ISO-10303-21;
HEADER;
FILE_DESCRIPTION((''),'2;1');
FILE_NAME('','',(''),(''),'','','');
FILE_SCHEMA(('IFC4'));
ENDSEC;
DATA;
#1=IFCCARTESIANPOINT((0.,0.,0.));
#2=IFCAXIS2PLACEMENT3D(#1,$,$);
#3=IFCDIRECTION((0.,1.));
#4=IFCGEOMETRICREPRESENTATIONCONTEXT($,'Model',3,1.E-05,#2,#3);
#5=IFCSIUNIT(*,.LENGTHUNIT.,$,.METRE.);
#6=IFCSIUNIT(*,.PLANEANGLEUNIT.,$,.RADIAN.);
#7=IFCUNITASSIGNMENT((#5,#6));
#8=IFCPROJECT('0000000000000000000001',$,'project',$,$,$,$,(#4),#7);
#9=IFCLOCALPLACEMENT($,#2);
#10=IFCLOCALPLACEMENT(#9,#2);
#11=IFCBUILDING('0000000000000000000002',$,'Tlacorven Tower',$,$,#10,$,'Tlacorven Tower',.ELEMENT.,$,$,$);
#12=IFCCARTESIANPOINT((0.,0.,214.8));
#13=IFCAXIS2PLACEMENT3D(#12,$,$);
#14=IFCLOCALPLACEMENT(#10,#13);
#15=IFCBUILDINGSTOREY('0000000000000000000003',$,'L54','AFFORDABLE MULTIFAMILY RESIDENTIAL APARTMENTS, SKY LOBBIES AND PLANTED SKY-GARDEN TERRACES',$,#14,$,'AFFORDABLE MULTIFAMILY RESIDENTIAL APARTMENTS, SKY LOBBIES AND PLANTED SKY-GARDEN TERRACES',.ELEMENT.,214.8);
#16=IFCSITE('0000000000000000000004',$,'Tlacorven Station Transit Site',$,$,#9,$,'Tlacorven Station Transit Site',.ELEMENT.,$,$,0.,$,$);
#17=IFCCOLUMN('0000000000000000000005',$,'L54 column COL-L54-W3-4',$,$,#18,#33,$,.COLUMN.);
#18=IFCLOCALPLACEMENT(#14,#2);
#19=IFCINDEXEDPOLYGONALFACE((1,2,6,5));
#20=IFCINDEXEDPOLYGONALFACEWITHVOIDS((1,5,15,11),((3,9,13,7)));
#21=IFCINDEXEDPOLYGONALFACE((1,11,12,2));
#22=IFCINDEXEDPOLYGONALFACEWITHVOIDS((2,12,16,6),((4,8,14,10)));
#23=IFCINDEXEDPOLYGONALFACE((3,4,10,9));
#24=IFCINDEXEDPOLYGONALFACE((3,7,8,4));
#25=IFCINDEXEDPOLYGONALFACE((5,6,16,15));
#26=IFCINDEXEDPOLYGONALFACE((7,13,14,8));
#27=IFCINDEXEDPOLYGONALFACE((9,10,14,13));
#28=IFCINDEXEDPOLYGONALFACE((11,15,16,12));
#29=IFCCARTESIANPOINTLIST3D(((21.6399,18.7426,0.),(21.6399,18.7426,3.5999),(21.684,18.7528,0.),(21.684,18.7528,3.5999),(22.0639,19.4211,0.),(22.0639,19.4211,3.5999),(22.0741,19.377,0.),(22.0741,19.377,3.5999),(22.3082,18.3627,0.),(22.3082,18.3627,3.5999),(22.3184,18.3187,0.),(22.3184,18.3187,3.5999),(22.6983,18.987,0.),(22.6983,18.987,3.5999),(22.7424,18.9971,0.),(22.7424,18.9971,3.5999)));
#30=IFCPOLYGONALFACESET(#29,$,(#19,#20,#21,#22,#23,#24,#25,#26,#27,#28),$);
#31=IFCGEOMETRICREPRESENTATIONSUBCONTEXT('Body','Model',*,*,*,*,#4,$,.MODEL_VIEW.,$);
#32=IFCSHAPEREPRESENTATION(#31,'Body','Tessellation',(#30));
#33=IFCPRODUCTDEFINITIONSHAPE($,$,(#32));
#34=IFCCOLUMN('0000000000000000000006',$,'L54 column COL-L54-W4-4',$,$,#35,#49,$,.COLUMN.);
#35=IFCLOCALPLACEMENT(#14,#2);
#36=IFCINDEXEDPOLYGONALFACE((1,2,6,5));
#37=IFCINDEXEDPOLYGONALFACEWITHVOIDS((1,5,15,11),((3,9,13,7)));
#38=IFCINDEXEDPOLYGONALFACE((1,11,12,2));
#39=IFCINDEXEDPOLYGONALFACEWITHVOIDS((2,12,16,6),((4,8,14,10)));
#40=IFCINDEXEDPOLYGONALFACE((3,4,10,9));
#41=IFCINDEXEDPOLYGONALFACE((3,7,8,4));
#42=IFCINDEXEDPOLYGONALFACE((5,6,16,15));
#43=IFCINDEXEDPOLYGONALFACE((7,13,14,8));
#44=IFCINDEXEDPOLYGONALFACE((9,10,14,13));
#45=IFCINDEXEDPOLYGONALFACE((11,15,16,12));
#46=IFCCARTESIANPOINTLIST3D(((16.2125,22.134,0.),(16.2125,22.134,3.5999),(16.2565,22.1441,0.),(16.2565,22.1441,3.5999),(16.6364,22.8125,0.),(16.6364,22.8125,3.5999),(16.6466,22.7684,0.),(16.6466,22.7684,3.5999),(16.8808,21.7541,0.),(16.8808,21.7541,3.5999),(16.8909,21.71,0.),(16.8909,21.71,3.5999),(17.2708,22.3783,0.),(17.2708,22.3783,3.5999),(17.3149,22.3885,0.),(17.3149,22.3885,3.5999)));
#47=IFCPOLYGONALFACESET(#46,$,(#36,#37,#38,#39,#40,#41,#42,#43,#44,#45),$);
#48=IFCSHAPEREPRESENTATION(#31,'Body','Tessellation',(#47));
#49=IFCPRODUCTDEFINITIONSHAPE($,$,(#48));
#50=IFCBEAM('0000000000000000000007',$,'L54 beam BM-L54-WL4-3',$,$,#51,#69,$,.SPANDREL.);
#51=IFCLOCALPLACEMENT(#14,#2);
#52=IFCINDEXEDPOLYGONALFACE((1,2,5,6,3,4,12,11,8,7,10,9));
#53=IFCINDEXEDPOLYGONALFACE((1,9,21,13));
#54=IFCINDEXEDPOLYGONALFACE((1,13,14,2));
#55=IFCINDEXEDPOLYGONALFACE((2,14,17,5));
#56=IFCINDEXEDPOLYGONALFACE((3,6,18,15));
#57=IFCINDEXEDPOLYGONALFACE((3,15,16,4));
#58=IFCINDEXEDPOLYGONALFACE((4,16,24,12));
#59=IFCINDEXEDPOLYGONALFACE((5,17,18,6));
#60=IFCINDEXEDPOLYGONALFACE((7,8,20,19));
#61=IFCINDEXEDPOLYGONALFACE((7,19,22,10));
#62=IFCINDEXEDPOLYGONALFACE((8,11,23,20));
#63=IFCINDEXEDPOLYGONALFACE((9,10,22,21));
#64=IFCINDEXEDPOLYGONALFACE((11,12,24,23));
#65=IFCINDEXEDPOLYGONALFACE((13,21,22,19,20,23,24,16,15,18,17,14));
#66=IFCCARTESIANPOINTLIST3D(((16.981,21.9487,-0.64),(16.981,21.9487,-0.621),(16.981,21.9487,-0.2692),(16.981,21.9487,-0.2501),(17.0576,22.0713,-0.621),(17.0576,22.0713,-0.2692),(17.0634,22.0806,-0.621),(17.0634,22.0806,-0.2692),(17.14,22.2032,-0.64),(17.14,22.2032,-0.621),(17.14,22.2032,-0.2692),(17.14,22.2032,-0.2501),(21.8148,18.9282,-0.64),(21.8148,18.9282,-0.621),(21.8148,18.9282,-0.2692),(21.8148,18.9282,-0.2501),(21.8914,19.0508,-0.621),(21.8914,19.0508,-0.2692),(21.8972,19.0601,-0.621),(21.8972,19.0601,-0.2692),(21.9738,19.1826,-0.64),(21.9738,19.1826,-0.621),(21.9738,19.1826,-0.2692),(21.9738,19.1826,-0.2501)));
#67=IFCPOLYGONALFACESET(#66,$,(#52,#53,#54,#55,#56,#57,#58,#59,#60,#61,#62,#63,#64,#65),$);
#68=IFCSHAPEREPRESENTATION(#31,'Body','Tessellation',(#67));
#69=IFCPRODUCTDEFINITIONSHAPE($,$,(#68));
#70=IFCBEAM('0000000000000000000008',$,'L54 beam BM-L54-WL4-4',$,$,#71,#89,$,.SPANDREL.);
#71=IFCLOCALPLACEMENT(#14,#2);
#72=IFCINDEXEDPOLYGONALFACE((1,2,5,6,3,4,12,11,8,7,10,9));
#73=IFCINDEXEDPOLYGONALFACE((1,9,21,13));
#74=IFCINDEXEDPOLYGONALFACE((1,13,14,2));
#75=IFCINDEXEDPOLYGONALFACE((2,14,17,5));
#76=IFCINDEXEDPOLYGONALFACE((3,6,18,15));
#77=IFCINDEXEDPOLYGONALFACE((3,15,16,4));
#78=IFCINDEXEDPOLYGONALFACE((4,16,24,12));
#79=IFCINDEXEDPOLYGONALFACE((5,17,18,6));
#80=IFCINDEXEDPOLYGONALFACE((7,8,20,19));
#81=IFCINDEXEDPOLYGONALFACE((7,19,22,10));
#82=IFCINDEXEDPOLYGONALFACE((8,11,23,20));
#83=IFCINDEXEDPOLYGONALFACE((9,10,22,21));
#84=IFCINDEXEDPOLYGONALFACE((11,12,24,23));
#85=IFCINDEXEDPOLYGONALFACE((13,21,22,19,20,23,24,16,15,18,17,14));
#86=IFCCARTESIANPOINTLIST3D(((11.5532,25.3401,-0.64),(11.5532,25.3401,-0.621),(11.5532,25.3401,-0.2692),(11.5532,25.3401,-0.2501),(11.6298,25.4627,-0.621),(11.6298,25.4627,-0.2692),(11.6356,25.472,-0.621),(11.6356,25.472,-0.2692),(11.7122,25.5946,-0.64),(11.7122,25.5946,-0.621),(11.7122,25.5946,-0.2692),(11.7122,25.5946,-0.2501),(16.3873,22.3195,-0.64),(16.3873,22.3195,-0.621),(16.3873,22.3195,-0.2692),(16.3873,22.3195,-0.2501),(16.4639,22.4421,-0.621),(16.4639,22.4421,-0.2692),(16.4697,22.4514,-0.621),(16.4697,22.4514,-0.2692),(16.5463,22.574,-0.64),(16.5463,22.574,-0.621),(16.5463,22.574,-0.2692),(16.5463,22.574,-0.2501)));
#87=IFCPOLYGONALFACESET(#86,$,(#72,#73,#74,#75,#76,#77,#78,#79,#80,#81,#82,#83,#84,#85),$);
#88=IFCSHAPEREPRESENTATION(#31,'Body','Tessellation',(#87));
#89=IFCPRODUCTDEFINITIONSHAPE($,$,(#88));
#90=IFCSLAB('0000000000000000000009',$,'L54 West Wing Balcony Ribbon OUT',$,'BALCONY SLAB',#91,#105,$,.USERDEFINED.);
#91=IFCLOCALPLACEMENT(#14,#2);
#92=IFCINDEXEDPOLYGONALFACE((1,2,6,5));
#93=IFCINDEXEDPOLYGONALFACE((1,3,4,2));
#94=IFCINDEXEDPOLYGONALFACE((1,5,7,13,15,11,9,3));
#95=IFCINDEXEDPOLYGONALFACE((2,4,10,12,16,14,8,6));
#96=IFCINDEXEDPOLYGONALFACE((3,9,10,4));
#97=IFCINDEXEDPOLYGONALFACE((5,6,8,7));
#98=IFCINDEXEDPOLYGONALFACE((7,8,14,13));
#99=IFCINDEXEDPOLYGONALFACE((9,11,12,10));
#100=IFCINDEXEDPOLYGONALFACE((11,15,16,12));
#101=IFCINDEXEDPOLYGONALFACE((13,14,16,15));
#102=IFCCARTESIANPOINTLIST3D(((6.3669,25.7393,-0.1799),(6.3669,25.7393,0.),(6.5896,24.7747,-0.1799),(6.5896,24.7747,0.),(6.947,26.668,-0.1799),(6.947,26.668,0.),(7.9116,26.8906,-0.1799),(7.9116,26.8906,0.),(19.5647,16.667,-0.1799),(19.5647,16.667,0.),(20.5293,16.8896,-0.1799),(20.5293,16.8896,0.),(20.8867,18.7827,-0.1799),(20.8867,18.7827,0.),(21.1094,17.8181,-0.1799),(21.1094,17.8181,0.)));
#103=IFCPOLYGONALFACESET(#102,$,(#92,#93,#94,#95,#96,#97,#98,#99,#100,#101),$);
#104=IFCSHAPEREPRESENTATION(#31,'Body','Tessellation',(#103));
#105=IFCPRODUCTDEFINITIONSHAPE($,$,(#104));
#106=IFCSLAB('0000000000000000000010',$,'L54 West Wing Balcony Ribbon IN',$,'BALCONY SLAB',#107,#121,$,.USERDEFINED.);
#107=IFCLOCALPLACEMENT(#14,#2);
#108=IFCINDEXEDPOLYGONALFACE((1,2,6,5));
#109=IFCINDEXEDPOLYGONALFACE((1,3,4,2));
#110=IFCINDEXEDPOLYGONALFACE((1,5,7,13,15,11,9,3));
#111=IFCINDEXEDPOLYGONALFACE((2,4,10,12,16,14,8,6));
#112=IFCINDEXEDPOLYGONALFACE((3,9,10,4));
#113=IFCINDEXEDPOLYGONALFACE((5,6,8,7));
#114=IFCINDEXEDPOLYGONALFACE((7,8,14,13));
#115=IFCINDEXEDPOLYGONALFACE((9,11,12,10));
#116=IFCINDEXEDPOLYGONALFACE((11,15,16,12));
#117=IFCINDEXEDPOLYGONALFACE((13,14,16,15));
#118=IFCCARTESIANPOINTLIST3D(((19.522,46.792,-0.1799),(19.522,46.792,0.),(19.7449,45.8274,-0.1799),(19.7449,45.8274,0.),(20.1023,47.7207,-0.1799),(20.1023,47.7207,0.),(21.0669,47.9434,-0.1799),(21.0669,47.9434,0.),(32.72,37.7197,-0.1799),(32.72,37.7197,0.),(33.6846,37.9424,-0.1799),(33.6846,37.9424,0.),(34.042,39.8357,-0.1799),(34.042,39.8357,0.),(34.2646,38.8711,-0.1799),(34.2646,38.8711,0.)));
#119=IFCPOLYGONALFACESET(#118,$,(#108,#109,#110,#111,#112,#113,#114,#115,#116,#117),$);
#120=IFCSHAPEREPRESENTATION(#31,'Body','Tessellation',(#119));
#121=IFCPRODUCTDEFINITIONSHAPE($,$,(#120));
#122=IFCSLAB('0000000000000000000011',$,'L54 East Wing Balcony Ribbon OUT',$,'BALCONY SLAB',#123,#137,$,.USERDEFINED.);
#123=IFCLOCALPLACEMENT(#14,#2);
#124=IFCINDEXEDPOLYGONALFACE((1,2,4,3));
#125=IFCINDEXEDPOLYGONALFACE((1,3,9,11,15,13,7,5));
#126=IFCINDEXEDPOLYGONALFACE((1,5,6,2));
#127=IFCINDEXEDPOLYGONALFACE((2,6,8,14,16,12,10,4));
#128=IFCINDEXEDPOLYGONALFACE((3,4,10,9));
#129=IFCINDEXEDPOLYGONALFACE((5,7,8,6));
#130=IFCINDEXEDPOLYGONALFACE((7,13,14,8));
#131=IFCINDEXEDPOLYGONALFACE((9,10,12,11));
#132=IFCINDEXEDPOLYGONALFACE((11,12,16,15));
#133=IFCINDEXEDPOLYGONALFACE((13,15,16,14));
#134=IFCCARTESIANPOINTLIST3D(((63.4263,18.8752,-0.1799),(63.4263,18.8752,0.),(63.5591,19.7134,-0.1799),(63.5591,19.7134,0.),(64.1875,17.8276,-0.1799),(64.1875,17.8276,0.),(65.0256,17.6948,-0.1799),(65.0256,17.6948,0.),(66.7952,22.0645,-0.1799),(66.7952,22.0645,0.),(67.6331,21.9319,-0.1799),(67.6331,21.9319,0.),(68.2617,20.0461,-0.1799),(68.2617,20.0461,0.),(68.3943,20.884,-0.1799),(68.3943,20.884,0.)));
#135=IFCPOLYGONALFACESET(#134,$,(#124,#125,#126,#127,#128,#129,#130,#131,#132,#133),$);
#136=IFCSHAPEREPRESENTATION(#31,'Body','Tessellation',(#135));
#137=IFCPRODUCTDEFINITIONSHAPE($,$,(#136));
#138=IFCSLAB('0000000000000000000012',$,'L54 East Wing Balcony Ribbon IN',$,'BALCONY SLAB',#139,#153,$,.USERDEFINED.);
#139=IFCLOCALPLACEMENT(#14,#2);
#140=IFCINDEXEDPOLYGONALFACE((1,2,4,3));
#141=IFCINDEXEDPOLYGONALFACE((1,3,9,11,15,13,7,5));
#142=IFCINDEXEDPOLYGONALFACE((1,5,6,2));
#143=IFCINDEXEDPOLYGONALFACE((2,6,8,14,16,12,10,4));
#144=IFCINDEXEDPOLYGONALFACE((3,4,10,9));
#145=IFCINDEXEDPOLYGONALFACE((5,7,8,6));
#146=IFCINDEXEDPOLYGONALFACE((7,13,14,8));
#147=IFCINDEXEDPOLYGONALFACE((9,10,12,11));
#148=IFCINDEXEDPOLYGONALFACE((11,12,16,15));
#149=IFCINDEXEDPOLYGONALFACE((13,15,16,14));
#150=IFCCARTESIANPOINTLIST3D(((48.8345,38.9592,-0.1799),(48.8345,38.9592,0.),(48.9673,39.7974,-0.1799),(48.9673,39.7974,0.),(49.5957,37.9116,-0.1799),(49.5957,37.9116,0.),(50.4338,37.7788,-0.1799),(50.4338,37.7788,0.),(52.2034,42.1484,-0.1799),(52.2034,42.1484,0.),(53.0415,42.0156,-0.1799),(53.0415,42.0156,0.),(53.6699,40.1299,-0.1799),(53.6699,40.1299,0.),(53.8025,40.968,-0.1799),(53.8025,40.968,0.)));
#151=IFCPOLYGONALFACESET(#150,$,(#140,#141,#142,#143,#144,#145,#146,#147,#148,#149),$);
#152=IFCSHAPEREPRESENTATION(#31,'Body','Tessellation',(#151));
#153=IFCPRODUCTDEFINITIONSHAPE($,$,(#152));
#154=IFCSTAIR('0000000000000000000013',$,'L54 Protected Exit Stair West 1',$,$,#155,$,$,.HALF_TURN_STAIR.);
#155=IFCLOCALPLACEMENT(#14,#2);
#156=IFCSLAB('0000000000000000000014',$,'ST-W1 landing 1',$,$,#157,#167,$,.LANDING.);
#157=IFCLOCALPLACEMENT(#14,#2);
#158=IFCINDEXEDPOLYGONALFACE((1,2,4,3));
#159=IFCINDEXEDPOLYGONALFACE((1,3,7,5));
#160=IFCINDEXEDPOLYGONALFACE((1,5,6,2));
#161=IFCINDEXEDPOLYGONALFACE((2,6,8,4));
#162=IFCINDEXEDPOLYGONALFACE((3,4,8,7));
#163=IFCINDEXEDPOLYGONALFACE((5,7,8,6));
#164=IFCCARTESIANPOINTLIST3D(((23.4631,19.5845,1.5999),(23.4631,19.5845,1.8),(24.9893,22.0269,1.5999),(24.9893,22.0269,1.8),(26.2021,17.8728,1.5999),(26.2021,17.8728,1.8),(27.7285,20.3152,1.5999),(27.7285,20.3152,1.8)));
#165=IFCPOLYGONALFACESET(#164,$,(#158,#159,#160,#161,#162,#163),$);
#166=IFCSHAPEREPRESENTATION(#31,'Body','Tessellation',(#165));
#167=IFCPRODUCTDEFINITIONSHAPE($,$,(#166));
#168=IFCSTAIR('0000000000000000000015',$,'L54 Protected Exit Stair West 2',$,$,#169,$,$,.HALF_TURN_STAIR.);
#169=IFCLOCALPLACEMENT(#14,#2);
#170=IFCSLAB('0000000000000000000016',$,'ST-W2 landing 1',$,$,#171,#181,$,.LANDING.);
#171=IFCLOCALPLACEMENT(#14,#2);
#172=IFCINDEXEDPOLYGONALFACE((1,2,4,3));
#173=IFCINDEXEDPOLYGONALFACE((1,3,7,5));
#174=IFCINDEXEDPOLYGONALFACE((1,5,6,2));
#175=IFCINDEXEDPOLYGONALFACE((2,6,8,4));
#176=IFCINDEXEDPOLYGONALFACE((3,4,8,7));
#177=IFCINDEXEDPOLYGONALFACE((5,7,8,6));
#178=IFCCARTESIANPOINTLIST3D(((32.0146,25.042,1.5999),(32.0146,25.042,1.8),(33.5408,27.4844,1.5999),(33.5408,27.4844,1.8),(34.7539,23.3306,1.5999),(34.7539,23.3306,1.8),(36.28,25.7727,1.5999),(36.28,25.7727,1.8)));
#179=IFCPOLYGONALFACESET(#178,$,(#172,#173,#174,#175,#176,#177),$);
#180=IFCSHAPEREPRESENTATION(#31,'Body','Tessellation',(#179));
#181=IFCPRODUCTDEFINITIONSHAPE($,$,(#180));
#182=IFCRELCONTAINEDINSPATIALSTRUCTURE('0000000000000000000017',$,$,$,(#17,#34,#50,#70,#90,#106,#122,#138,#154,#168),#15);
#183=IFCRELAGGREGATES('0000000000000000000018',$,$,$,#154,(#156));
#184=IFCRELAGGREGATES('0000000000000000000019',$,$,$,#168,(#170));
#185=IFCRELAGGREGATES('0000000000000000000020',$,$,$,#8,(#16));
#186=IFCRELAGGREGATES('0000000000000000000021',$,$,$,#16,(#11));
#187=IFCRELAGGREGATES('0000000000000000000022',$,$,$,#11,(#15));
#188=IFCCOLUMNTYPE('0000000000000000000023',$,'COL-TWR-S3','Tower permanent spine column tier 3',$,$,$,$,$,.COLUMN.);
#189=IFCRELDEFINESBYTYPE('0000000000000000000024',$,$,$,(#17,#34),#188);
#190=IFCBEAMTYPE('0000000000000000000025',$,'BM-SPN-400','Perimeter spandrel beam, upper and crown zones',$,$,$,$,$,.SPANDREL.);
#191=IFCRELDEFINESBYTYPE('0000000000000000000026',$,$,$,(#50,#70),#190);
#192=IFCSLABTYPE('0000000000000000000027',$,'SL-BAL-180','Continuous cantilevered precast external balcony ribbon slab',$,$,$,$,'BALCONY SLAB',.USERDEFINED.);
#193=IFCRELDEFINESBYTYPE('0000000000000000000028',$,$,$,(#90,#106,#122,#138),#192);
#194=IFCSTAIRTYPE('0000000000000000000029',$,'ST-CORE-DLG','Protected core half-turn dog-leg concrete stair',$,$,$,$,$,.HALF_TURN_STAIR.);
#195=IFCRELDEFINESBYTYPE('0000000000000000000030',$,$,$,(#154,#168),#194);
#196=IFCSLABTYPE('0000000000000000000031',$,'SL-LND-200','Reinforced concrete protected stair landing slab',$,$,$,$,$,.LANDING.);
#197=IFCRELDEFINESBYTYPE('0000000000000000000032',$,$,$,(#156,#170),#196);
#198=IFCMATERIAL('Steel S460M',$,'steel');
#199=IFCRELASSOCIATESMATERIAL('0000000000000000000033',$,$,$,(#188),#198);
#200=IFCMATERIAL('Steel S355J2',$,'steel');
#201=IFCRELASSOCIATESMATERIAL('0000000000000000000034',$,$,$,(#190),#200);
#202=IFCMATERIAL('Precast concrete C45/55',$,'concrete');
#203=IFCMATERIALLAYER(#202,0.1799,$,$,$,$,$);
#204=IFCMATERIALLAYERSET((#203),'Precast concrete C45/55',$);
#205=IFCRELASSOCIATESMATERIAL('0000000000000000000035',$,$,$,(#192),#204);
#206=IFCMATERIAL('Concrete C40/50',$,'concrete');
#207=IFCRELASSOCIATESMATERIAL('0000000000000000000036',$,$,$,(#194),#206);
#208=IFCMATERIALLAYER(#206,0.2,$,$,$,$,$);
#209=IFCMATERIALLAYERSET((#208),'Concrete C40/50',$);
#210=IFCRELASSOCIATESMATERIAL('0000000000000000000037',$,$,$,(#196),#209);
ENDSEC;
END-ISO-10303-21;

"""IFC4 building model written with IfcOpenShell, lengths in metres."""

from ifc_helpers import new_model, si_unit, direction, frame, origin, origin_2d, place, context, subcontext, project, spatial, polyline, hollow_rectangle, i_section, outline, extrude, source, transform, mapped, material, layer, layer_set, material_profile, profile_set, type_object, element, aggregate, save


model = new_model("IFC4")

# Units and contexts
model_context = context("Model", 3, precision=1e-05, world=origin(), true_north=direction((0.0, 1.0)))
body_context = subcontext(model_context, "Body", "Model", "MODEL_VIEW")
ifc_project = project(units=[si_unit("LENGTHUNIT", "METRE"), si_unit("PLANEANGLEUNIT", "RADIAN")], contexts=[model_context])

# Site, building, storey
site_placement = place(None, origin())
site = spatial("IfcSite", under=ifc_project, at=site_placement, Name="Tlacorven Station Transit Site", LongName="Tlacorven Station Transit Site", CompositionType="ELEMENT", RefElevation=0.0)
building_placement = place(site_placement, origin())
building = spatial("IfcBuilding", under=site, at=building_placement, Name="Tlacorven Tower", LongName="Tlacorven Tower", CompositionType="ELEMENT")
storey_placement = place(building_placement, frame((0.0, 0.0, 214.8)))
storey = spatial("IfcBuildingStorey", under=building, at=storey_placement, Name="L54", Description="AFFORDABLE MULTIFAMILY RESIDENTIAL APARTMENTS, SKY LOBBIES AND PLANTED SKY-GARDEN TERRACES", LongName="AFFORDABLE MULTIFAMILY RESIDENTIAL APARTMENTS, SKY LOBBIES AND PLANTED SKY-GARDEN TERRACES", CompositionType="ELEMENT", Elevation=214.8)

# Columns
ifc_material_1 = material(Name="Steel S460M", Category="steel")
ifc_material_profile_1 = material_profile(ifc_material_1, hollow_rectangle(XDim=0.8, YDim=0.8, WallThickness=0.032, at=origin_2d()), Name="BOX 800X800X32")
ifc_profile_set_1 = profile_set([ifc_material_profile_1], Name="Steel S460M")
column_type = type_object("IfcColumnType", Name="COL-TWR-S3", Description="Tower permanent spine column tier 3", PredefinedType="COLUMN", material=ifc_profile_set_1)
shared_shape_1 = source(origin(), body_context, "Body", "SweptSolid", [
    extrude(hollow_rectangle(XDim=0.8, YDim=0.8, WallThickness=0.032, at=origin_2d()), origin(), (0.0, 0.0, 1.0), 3.5999),
])
for number, where, z_axis, x_axis, name in (
    (1, (22.1912, 18.8699, 0.0), (0.0, 0.0, 1.0), (-0.848048, 0.529919, 0.0), "L54 column COL-L54-W3-4"),
    (2, (16.7637, 22.2612, 0.0), (0.0, 0.0, 1.0), (-0.848048, 0.529919, 0.0), "L54 column COL-L54-W4-4"),
):
    element("IfcColumn", number, at=place(storey_placement, frame(where, z_axis=z_axis, x_axis=x_axis)), inside=storey, type_object=column_type, Name=name, PredefinedType="COLUMN", context=body_context, shape_type="MappedRepresentation", body=[
        mapped(shared_shape_1, transform((0.0, 0.0, 0.0), scale=1.0)),
    ])

# Beams
ifc_material_2 = material(Name="Steel S355J2", Category="steel")
ifc_material_profile_2 = material_profile(ifc_material_2, i_section(OverallWidth=0.3, OverallDepth=0.3899, WebThickness=0.011, FlangeThickness=0.019, at=origin_2d()), Name="HEA 400")
ifc_profile_set_2 = profile_set([ifc_material_profile_2], Name="Steel S355J2")
beam_type = type_object("IfcBeamType", Name="BM-SPN-400", Description="Perimeter spandrel beam, upper and crown zones", PredefinedType="SPANDREL", material=ifc_profile_set_2)
shared_shape_2 = source(origin(), body_context, "Body", "SweptSolid", [
    extrude(i_section(OverallWidth=0.3, OverallDepth=0.3899, WebThickness=0.011, FlangeThickness=0.019, at=origin_2d()), origin(), (0.0, 0.0, 1.0), 5.7),
])
beam_1_placement = place(storey_placement, frame((21.8943, 19.0554, -0.4451), z_axis=(-0.848044, 0.529926, 0.0), x_axis=(-0.529926, -0.848044, 0.0)))
element("IfcBeam", 3, at=beam_1_placement, inside=storey, type_object=beam_type, Name="L54 beam BM-L54-WL4-3", PredefinedType="SPANDREL", context=body_context, shape_type="MappedRepresentation", body=[
    mapped(shared_shape_2, transform((0.0, 0.0, 0.0), scale=1.0)),
])
shared_shape_3 = source(origin(), body_context, "Body", "SweptSolid", [
    extrude(i_section(OverallWidth=0.3, OverallDepth=0.3899, WebThickness=0.011, FlangeThickness=0.019, at=origin_2d()), origin(), (0.0, 0.0, 1.0), 5.7002),
])
beam_2_placement = place(storey_placement, frame((16.4668, 22.4468, -0.4451), z_axis=(-0.848056, 0.529907, 0.0), x_axis=(-0.529907, -0.848056, 0.0)))
element("IfcBeam", 4, at=beam_2_placement, inside=storey, type_object=beam_type, Name="L54 beam BM-L54-WL4-4", PredefinedType="SPANDREL", context=body_context, shape_type="MappedRepresentation", body=[
    mapped(shared_shape_3, transform((0.0, 0.0, 0.0), scale=1.0)),
])

# Slabs
ifc_material_3 = material(Name="Precast concrete C45/55", Category="concrete")
ifc_layer_1 = layer(ifc_material_3, 0.1799)
ifc_layer_set_1 = layer_set([ifc_layer_1], Name="Precast concrete C45/55")
slab_type_1 = type_object("IfcSlabType", Name="SL-BAL-180", Description="Continuous cantilevered precast external balcony ribbon slab", ElementType="BALCONY SLAB", PredefinedType="USERDEFINED", material=ifc_layer_set_1)
slab_1_placement = place(storey_placement, frame((0.0, 0.0, -0.1799)))
element("IfcSlab", 5, at=slab_1_placement, inside=storey, type_object=slab_type_1, Name="L54 West Wing Balcony Ribbon OUT", ObjectType="BALCONY SLAB", PredefinedType="USERDEFINED", context=body_context, shape_type="SweptSolid", body=[
    extrude(outline(polyline([(20.8867, 18.7827), (7.9116, 26.8906), (6.947, 26.668), (6.3669, 25.7393), (6.5896, 24.7747), (19.5647, 16.667), (20.5293, 16.8896), (21.1094, 17.8181), (20.8867, 18.7827)])), origin(), (0.0, 0.0, 1.0), 0.1799),
])
slab_2_placement = place(storey_placement, frame((0.0, 0.0, -0.1799)))
element("IfcSlab", 6, at=slab_2_placement, inside=storey, type_object=slab_type_1, Name="L54 West Wing Balcony Ribbon IN", ObjectType="BALCONY SLAB", PredefinedType="USERDEFINED", context=body_context, shape_type="SweptSolid", body=[
    extrude(outline(polyline([(34.042, 39.8357), (21.0669, 47.9434), (20.1023, 47.7207), (19.522, 46.792), (19.7449, 45.8274), (32.72, 37.7197), (33.6846, 37.9424), (34.2646, 38.8711), (34.042, 39.8357)])), origin(), (0.0, 0.0, 1.0), 0.1799),
])
slab_3_placement = place(storey_placement, frame((0.0, 0.0, -0.1799)))
element("IfcSlab", 7, at=slab_3_placement, inside=storey, type_object=slab_type_1, Name="L54 East Wing Balcony Ribbon OUT", ObjectType="BALCONY SLAB", PredefinedType="USERDEFINED", context=body_context, shape_type="SweptSolid", body=[
    extrude(outline(polyline([(65.0256, 17.6948), (68.2617, 20.0461), (68.3943, 20.884), (67.6331, 21.9319), (66.7952, 22.0645), (63.5591, 19.7134), (63.4263, 18.8752), (64.1875, 17.8276), (65.0256, 17.6948)])), origin(), (0.0, 0.0, 1.0), 0.1799),
])
slab_4_placement = place(storey_placement, frame((0.0, 0.0, -0.1799)))
element("IfcSlab", 8, at=slab_4_placement, inside=storey, type_object=slab_type_1, Name="L54 East Wing Balcony Ribbon IN", ObjectType="BALCONY SLAB", PredefinedType="USERDEFINED", context=body_context, shape_type="SweptSolid", body=[
    extrude(outline(polyline([(50.4338, 37.7788), (53.6699, 40.1299), (53.8025, 40.968), (53.0415, 42.0156), (52.2034, 42.1484), (48.9673, 39.7974), (48.8345, 38.9592), (49.5957, 37.9116), (50.4338, 37.7788)])), origin(), (0.0, 0.0, 1.0), 0.1799),
])

# Stairs, slabs
ifc_material_4 = material(Name="Concrete C40/50", Category="concrete")
stair_type = type_object("IfcStairType", Name="ST-CORE-DLG", Description="Protected core half-turn dog-leg concrete stair", PredefinedType="HALF_TURN_STAIR", material=ifc_material_4)
stair_1_placement = place(storey_placement, origin())
stair_1 = element("IfcStair", 9, at=stair_1_placement, inside=storey, type_object=stair_type, Name="L54 Protected Exit Stair West 1", PredefinedType="HALF_TURN_STAIR")
ifc_layer_2 = layer(ifc_material_4, 0.2)
ifc_layer_set_2 = layer_set([ifc_layer_2], Name="Concrete C40/50")
slab_type_2 = type_object("IfcSlabType", Name="SL-LND-200", Description="Reinforced concrete protected stair landing slab", PredefinedType="LANDING", material=ifc_layer_set_2)
slab_5_placement = place(storey_placement, frame((0.0, 0.0, 1.5999)))
slab_5 = element("IfcSlab", 10, at=slab_5_placement, type_object=slab_type_2, Name="ST-W1 landing 1", PredefinedType="LANDING", context=body_context, shape_type="SweptSolid", body=[
    extrude(outline(polyline([(27.7285, 20.3152), (24.9893, 22.0269), (23.4631, 19.5845), (26.2021, 17.8728), (27.7285, 20.3152)])), origin(), (0.0, 0.0, 1.0), 0.2002),
])
aggregate(stair_1, [slab_5])
stair_2_placement = place(storey_placement, origin())
stair_2 = element("IfcStair", 11, at=stair_2_placement, inside=storey, type_object=stair_type, Name="L54 Protected Exit Stair West 2", PredefinedType="HALF_TURN_STAIR")
slab_6_placement = place(storey_placement, frame((0.0, 0.0, 1.5999)))
slab_6 = element("IfcSlab", 12, at=slab_6_placement, type_object=slab_type_2, Name="ST-W2 landing 1", PredefinedType="LANDING", context=body_context, shape_type="SweptSolid", body=[
    extrude(outline(polyline([(36.28, 25.7727), (33.5408, 27.4844), (32.0146, 25.042), (34.7539, 23.3306), (36.28, 25.7727)])), origin(), (0.0, 0.0, 1.0), 0.2002),
])
aggregate(stair_2, [slab_6])

save(model, "model.ifc")
